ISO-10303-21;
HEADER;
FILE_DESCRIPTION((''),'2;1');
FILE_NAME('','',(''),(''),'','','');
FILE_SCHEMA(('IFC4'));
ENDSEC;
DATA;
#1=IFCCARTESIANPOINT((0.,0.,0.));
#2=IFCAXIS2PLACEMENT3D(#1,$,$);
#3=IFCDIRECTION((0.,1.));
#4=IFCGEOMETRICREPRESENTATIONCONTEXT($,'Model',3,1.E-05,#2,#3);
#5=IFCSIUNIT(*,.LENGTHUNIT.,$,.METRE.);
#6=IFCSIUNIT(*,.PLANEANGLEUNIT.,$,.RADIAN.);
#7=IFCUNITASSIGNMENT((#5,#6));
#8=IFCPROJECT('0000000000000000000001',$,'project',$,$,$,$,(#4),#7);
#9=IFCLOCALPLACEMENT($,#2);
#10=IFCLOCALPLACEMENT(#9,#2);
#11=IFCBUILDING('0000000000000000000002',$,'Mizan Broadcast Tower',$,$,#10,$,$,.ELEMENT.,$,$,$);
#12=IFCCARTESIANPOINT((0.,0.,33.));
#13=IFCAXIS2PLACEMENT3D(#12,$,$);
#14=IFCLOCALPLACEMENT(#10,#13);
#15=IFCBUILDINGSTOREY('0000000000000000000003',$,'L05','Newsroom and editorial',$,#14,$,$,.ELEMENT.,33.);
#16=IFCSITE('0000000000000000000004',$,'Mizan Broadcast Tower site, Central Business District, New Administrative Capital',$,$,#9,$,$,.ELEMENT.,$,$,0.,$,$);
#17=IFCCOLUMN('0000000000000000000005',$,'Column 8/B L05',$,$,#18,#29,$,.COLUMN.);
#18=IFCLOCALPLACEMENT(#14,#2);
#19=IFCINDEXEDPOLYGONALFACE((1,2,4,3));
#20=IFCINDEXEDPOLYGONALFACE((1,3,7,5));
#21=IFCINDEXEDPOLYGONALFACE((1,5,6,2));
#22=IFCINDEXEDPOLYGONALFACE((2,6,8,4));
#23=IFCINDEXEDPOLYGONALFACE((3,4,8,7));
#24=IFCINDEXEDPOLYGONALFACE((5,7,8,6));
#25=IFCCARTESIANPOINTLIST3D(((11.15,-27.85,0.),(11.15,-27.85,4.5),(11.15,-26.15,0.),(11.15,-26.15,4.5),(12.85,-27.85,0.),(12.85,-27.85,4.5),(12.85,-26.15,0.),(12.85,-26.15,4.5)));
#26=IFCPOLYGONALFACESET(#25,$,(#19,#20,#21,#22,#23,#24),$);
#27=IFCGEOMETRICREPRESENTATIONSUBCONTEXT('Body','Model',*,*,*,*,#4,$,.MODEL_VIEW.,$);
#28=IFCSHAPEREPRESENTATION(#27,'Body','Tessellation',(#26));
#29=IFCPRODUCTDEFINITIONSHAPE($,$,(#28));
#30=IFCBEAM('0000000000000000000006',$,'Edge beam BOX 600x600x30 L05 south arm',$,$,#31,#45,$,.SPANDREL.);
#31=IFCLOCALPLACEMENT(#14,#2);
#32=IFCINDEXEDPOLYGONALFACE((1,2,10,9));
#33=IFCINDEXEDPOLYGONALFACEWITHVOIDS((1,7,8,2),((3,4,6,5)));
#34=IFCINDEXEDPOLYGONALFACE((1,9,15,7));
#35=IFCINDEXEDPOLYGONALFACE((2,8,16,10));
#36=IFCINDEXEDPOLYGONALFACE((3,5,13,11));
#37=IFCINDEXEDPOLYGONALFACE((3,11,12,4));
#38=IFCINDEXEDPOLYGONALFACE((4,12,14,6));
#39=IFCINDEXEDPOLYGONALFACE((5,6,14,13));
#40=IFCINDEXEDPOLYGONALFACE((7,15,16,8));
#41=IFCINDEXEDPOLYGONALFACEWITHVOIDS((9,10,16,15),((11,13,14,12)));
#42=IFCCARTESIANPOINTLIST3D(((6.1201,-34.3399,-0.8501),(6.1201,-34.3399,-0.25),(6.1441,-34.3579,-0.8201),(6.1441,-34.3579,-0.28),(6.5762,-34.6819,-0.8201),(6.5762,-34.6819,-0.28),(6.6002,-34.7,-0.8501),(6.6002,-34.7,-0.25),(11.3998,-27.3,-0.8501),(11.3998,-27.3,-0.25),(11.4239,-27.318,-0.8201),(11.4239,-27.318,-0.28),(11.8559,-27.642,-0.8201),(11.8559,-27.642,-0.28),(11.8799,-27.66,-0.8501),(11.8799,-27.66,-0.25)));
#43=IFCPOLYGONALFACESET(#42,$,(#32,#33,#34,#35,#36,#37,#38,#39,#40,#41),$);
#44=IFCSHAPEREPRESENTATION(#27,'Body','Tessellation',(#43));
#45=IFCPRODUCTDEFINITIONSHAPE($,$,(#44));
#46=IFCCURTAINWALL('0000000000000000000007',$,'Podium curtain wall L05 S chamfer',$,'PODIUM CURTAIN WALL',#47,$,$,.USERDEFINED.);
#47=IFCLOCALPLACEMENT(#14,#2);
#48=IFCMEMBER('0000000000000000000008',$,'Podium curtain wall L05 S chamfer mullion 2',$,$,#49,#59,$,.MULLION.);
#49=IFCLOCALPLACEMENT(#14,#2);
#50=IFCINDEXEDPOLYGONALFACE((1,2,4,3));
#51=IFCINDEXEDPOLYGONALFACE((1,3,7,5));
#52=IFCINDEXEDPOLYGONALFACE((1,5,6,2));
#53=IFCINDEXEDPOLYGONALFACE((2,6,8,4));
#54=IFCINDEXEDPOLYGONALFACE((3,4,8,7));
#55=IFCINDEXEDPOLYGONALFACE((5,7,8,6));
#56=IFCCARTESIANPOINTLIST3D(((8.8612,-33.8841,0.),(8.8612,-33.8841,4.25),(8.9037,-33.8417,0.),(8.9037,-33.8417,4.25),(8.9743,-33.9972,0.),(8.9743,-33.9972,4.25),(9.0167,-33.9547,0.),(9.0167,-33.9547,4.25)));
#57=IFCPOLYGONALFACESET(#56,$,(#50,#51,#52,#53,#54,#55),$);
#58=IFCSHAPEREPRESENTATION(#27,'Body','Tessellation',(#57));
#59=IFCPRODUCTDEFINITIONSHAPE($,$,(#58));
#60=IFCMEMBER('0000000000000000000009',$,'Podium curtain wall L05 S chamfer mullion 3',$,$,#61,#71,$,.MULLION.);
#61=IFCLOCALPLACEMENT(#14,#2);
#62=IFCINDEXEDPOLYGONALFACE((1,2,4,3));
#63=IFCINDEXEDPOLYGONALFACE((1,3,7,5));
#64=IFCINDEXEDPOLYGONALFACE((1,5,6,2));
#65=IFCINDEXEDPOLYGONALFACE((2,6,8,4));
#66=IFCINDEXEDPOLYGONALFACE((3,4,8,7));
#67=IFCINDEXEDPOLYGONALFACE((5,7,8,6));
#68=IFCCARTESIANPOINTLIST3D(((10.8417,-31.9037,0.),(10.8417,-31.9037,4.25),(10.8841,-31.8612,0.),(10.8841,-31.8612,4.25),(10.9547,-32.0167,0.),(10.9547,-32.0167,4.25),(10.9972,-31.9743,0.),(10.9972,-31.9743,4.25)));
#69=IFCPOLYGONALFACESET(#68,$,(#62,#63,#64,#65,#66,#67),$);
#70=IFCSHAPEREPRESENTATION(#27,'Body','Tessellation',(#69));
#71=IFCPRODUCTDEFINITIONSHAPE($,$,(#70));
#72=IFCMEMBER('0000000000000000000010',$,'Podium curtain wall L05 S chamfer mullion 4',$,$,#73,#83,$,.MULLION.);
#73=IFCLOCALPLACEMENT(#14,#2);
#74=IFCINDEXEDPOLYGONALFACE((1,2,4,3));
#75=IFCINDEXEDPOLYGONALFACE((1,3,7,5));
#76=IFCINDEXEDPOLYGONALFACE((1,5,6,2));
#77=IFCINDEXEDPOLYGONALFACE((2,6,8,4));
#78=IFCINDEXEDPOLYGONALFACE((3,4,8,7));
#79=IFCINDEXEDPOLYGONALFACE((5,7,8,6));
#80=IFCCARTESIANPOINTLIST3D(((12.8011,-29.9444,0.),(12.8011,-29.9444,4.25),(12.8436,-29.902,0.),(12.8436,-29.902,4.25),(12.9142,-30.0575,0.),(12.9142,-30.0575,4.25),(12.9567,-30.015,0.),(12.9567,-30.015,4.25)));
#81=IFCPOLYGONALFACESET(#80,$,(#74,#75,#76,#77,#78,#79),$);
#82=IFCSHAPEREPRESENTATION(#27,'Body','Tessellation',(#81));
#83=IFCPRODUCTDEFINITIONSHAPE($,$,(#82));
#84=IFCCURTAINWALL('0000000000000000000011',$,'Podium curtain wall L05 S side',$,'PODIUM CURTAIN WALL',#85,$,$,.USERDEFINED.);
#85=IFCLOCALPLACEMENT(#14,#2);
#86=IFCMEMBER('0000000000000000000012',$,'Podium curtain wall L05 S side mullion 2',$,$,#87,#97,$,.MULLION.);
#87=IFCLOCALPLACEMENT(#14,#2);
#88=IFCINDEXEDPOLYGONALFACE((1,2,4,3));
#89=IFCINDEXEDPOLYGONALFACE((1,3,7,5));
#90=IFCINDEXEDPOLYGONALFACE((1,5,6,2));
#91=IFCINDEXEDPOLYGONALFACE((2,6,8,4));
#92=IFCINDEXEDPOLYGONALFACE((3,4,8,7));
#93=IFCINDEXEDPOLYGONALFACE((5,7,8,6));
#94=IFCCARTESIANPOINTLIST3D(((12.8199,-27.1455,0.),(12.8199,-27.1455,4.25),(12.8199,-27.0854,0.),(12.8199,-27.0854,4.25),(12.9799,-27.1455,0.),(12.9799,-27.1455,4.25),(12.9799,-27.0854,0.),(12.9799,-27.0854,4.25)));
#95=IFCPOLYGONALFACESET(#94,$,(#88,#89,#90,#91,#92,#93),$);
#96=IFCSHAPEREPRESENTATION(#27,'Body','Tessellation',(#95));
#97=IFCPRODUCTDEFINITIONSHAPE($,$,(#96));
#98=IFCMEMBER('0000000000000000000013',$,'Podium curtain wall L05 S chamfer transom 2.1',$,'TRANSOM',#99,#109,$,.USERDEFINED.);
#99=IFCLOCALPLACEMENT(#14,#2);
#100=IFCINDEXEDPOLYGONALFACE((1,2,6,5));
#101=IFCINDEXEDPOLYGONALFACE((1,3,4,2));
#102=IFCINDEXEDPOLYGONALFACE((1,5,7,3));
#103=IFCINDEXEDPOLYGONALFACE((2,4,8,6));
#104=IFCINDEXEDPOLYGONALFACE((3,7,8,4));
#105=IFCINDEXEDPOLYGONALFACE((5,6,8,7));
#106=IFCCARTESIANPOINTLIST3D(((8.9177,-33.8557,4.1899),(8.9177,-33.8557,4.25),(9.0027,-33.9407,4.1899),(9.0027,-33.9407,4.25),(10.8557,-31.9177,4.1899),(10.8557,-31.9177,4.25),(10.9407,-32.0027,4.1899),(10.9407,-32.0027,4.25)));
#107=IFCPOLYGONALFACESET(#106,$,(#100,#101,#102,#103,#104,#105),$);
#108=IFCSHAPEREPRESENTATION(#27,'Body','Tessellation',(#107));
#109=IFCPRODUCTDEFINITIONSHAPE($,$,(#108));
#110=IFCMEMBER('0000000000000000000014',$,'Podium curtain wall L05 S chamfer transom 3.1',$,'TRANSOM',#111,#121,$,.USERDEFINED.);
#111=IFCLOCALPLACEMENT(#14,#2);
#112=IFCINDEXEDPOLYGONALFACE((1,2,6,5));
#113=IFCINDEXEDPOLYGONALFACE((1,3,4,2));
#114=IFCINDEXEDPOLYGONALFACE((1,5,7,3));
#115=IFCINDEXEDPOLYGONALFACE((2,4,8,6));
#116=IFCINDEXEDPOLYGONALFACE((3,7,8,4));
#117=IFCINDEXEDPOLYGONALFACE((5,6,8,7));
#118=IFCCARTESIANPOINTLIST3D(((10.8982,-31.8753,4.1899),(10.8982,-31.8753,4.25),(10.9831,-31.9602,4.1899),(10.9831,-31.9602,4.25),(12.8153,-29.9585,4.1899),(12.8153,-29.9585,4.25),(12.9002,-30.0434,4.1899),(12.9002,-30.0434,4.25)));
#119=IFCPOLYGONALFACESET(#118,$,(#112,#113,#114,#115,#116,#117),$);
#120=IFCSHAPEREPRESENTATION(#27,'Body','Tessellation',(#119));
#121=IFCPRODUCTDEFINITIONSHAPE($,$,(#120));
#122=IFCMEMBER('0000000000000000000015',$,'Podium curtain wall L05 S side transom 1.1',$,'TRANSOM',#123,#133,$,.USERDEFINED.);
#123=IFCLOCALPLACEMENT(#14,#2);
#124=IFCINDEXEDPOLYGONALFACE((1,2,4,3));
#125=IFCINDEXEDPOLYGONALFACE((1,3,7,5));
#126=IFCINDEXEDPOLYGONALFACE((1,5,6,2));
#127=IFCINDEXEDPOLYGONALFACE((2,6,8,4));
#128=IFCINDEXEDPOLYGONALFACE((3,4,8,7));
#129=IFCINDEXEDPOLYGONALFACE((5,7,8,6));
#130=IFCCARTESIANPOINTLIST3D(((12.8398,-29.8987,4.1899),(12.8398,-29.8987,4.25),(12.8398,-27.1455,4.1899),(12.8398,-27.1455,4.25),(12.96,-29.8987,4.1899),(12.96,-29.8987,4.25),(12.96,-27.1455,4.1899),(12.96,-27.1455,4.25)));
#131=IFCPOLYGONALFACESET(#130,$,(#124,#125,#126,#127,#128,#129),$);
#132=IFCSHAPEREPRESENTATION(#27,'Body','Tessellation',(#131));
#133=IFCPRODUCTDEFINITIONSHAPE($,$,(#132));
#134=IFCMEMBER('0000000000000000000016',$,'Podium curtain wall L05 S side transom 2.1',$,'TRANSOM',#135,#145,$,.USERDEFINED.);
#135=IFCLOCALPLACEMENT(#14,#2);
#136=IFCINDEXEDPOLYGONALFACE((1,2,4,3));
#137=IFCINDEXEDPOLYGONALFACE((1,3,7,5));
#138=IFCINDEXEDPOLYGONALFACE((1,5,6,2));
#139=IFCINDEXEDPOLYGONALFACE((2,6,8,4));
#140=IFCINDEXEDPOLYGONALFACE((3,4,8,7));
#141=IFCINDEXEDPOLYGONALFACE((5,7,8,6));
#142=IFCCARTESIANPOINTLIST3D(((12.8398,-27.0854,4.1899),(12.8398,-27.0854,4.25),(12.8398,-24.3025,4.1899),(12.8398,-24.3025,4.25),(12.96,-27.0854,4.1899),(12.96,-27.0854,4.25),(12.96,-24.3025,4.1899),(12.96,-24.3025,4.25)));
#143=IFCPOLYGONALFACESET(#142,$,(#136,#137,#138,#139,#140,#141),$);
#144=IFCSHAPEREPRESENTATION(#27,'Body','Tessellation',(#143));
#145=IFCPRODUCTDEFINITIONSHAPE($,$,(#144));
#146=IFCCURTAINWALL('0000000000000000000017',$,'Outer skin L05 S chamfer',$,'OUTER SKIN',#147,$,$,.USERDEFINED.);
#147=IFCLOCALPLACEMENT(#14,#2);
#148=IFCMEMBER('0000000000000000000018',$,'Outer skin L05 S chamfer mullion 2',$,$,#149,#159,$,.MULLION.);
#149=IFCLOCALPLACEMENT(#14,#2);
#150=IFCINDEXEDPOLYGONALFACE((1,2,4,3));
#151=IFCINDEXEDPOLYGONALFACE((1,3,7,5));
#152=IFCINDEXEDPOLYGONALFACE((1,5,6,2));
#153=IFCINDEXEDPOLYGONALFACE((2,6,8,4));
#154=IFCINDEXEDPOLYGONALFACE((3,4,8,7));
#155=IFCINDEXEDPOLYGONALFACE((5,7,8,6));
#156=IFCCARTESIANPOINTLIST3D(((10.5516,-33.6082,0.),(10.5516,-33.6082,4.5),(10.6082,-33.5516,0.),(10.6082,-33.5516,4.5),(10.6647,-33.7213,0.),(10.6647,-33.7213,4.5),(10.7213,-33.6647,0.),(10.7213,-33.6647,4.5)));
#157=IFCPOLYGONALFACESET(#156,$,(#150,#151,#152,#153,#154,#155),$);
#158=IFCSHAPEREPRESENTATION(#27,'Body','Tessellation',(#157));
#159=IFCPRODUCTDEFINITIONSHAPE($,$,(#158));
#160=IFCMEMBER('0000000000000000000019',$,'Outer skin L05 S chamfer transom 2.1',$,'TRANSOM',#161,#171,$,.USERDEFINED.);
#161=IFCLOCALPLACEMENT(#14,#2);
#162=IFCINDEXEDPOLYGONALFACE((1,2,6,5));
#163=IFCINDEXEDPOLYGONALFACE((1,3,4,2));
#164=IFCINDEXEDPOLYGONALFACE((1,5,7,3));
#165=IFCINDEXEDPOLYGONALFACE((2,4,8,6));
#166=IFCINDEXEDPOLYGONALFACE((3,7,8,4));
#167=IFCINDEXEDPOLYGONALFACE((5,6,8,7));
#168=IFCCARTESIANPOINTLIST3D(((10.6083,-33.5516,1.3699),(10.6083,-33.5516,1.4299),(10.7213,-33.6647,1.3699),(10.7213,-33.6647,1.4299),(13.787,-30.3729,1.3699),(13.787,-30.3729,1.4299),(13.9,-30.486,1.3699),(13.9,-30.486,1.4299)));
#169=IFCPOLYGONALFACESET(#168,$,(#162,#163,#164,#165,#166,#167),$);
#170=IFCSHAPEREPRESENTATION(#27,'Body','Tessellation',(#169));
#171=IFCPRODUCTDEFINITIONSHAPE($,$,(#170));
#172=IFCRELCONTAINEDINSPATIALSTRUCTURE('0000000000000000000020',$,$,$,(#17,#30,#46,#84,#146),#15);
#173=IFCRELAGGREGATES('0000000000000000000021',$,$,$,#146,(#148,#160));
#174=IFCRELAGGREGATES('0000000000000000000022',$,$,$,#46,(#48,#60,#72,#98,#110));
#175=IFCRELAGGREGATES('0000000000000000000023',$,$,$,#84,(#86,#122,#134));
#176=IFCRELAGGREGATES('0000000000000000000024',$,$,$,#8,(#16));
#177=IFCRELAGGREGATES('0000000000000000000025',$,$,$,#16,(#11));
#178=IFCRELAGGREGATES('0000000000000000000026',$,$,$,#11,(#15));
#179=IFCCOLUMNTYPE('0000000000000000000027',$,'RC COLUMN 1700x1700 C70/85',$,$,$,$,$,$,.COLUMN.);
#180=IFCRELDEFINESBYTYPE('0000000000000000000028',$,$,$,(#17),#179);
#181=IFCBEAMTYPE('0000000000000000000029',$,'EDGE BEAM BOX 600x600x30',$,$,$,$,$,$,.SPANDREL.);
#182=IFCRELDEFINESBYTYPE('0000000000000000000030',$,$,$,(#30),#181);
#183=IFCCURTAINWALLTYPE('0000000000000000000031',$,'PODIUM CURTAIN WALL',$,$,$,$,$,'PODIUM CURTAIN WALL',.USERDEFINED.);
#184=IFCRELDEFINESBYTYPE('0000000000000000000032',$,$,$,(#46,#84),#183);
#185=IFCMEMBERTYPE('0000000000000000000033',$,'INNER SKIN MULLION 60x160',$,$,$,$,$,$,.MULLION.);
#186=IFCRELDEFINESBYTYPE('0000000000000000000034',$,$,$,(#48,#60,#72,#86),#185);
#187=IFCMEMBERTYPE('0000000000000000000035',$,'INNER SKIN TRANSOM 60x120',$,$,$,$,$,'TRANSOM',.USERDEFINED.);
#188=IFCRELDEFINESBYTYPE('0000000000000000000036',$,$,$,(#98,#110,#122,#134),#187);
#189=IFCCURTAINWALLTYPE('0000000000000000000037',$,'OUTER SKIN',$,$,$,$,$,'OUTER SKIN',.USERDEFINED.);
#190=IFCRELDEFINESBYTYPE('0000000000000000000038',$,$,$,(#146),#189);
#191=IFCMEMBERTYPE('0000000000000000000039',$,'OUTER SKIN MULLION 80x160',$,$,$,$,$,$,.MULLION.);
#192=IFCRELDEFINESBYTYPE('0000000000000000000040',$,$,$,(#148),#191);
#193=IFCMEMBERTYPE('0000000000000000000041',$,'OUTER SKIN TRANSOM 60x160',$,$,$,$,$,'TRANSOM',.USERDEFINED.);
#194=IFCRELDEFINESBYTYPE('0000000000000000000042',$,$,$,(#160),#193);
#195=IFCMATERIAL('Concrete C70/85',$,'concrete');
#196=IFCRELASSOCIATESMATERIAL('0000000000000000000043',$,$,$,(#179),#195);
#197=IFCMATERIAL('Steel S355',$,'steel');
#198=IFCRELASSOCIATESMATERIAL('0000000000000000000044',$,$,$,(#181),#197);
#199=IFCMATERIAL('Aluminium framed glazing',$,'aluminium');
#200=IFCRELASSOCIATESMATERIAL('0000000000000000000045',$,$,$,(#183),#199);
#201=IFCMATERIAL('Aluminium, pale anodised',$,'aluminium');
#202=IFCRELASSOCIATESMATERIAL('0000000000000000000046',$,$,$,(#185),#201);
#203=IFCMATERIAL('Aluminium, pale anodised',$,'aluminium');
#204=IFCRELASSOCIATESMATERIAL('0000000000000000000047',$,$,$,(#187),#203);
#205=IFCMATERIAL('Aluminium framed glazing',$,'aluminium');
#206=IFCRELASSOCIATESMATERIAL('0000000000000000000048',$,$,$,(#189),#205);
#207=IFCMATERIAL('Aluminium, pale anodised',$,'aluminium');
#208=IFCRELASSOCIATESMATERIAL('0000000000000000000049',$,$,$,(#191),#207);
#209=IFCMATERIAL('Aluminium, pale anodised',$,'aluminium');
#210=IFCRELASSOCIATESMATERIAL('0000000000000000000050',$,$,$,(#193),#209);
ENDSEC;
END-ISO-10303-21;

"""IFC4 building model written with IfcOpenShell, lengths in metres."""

from ifc_helpers import new_model, si_unit, direction, frame, origin, origin_2d, place, context, subcontext, project, spatial, rectangle, hollow_rectangle, extrude, material, material_profile, profile_set, type_object, element, aggregate, save


model = new_model("IFC4")

# Units and contexts
model_context = context("Model", 3, precision=1e-05, world=origin(), true_north=direction((0.0, 1.0)))
body_context = subcontext(model_context, "Body", "Model", "MODEL_VIEW")
ifc_project = project(units=[si_unit("LENGTHUNIT", "METRE"), si_unit("PLANEANGLEUNIT", "RADIAN")], contexts=[model_context])

# Site, building, storey
site_placement = place(None, origin())
site = spatial("IfcSite", under=ifc_project, at=site_placement, Name="Mizan Broadcast Tower site, Central Business District, New Administrative Capital", CompositionType="ELEMENT", RefElevation=0.0)
building_placement = place(site_placement, origin())
building = spatial("IfcBuilding", under=site, at=building_placement, Name="Mizan Broadcast Tower", CompositionType="ELEMENT")
storey_placement = place(building_placement, frame((0.0, 0.0, 33.0)))
storey = spatial("IfcBuildingStorey", under=building, at=storey_placement, Name="L05", Description="Newsroom and editorial", CompositionType="ELEMENT", Elevation=33.0)

# Column
ifc_material_1 = material(Name="Concrete C70/85", Category="concrete")
ifc_material_profile_1 = material_profile(ifc_material_1, rectangle(XDim=1.7, YDim=1.7, at=origin_2d()), Name="RC 1700x1700")
ifc_profile_set_1 = profile_set([ifc_material_profile_1], Name="Concrete C70/85")
column_type = type_object("IfcColumnType", Name="RC COLUMN 1700x1700 C70/85", PredefinedType="COLUMN", material=ifc_profile_set_1)
column_placement = place(storey_placement, frame((12.0, -27.0, 0.0), z_axis=(0.0, 0.0, 1.0), x_axis=(1.0, 0.0, 0.0)))
element("IfcColumn", 1, at=column_placement, inside=storey, type_object=column_type, Name="Column 8/B L05", PredefinedType="COLUMN", context=body_context, shape_type="SweptSolid", body=[
    extrude(rectangle(XDim=1.7, YDim=1.7, at=origin_2d()), origin(), (0.0, 0.0, 1.0), 4.5),
])

# Beam
ifc_material_2 = material(Name="Steel S355", Category="steel")
ifc_material_profile_2 = material_profile(ifc_material_2, hollow_rectangle(XDim=0.6001, YDim=0.6001, WallThickness=0.03, at=origin_2d()), Name="BOX 600x600x30")
ifc_profile_set_2 = profile_set([ifc_material_profile_2], Name="Steel S355")
beam_type_1 = type_object("IfcBeamType", Name="EDGE BEAM BOX 600x600x30", PredefinedType="SPANDREL", material=ifc_profile_set_2)
beam_1_placement = place(storey_placement, frame((11.6399, -27.48, -0.55), z_axis=(-0.599982, -0.800013, 0.0), x_axis=(0.800013, -0.599982, 0.0)))
element("IfcBeam", 2, at=beam_1_placement, inside=storey, type_object=beam_type_1, Name="Edge beam BOX 600x600x30 L05 south arm", PredefinedType="SPANDREL", context=body_context, shape_type="SweptSolid", body=[
    extrude(hollow_rectangle(XDim=0.6001, YDim=0.6001, WallThickness=0.03, at=origin_2d()), origin(), (0.0, 0.0, 1.0), 8.7998),
])

# Curtain wall, members
ifc_material_3 = material(Name="Aluminium framed glazing", Category="aluminium")
curtain_wall_type_1 = type_object("IfcCurtainWallType", Name="PODIUM CURTAIN WALL", ElementType="PODIUM CURTAIN WALL", PredefinedType="USERDEFINED", material=ifc_material_3)
curtain_wall_1_placement = place(storey_placement, origin())
curtain_wall_1 = element("IfcCurtainWall", 3, at=curtain_wall_1_placement, inside=storey, type_object=curtain_wall_type_1, Name="Podium curtain wall L05 S chamfer", ObjectType="PODIUM CURTAIN WALL", PredefinedType="USERDEFINED")
ifc_material_4 = material(Name="Aluminium, pale anodised", Category="aluminium")
ifc_material_profile_3 = material_profile(ifc_material_4, rectangle(XDim=0.1599, YDim=0.0601, at=origin_2d()), Name="MULLION 160x60")
ifc_profile_set_3 = profile_set([ifc_material_profile_3], Name="Aluminium, pale anodised")
member_type_1 = type_object("IfcMemberType", Name="INNER SKIN MULLION 60x160", PredefinedType="MULLION", material=ifc_profile_set_3)
member_1_placement = place(storey_placement, frame((8.939, -33.9194, 0.0), z_axis=(0.0, 0.0, 1.0), x_axis=(-0.707107, 0.707107, 0.0)))
member_1 = element("IfcMember", 4, at=member_1_placement, type_object=member_type_1, Name="Podium curtain wall L05 S chamfer mullion 2", PredefinedType="MULLION", context=body_context, shape_type="SweptSolid", body=[
    extrude(rectangle(XDim=0.1599, YDim=0.0601, at=origin_2d()), origin(), (0.0, 0.0, 1.0), 4.25),
])
member_2_placement = place(storey_placement, frame((10.9194, -31.939, 0.0), z_axis=(0.0, 0.0, 1.0), x_axis=(-0.707107, 0.707107, 0.0)))
member_2 = element("IfcMember", 5, at=member_2_placement, type_object=member_type_1, Name="Podium curtain wall L05 S chamfer mullion 3", PredefinedType="MULLION", context=body_context, shape_type="SweptSolid", body=[
    extrude(rectangle(XDim=0.1599, YDim=0.0601, at=origin_2d()), origin(), (0.0, 0.0, 1.0), 4.25),
])
member_3_placement = place(storey_placement, frame((12.8789, -29.9797, 0.0), z_axis=(0.0, 0.0, 1.0), x_axis=(-0.707107, 0.707107, 0.0)))
member_3 = element("IfcMember", 6, at=member_3_placement, type_object=member_type_1, Name="Podium curtain wall L05 S chamfer mullion 4", PredefinedType="MULLION", context=body_context, shape_type="SweptSolid", body=[
    extrude(rectangle(XDim=0.1599, YDim=0.0601, at=origin_2d()), origin(), (0.0, 0.0, 1.0), 4.25),
])

# Curtain wall, member
curtain_wall_2_placement = place(storey_placement, origin())
curtain_wall_2 = element("IfcCurtainWall", 7, at=curtain_wall_2_placement, inside=storey, type_object=curtain_wall_type_1, Name="Podium curtain wall L05 S side", ObjectType="PODIUM CURTAIN WALL", PredefinedType="USERDEFINED")
member_4_placement = place(storey_placement, frame((12.8999, -27.1155, 0.0), z_axis=(0.0, 0.0, 1.0), x_axis=(-1.0, 0.0, 0.0)))
member_4 = element("IfcMember", 8, at=member_4_placement, type_object=member_type_1, Name="Podium curtain wall L05 S side mullion 2", PredefinedType="MULLION", context=body_context, shape_type="SweptSolid", body=[
    extrude(rectangle(XDim=0.1599, YDim=0.0601, at=origin_2d()), origin(), (0.0, 0.0, 1.0), 4.25),
])

# Members
ifc_material_5 = material(Name="Aluminium, pale anodised", Category="aluminium")
ifc_material_profile_4 = material_profile(ifc_material_5, rectangle(XDim=0.1201, YDim=0.0601, at=origin_2d()), Name="TRANSOM 120x60")
ifc_profile_set_4 = profile_set([ifc_material_profile_4], Name="Aluminium, pale anodised")
member_type_2 = type_object("IfcMemberType", Name="INNER SKIN TRANSOM 60x120", ElementType="TRANSOM", PredefinedType="USERDEFINED", material=ifc_profile_set_4)
member_5_placement = place(storey_placement, frame((8.9602, -33.8982, 4.22), z_axis=(0.707107, 0.707107, 0.0), x_axis=(-0.707107, 0.707107, 0.0)))
member_5 = element("IfcMember", 9, at=member_5_placement, type_object=member_type_2, Name="Podium curtain wall L05 S chamfer transom 2.1", ObjectType="TRANSOM", PredefinedType="USERDEFINED", context=body_context, shape_type="SweptSolid", body=[
    extrude(rectangle(XDim=0.1201, YDim=0.0601, at=origin_2d()), origin(), (0.0, 0.0, 1.0), 2.7407),
])
member_6_placement = place(storey_placement, frame((10.9407, -31.9177, 4.22), z_axis=(0.707152, 0.707062, 0.0), x_axis=(-0.707062, 0.707152, 0.0)))
member_6 = element("IfcMember", 10, at=member_6_placement, type_object=member_type_2, Name="Podium curtain wall L05 S chamfer transom 3.1", ObjectType="TRANSOM", PredefinedType="USERDEFINED", context=body_context, shape_type="SweptSolid", body=[
    extrude(rectangle(XDim=0.1201, YDim=0.0601, at=origin_2d()), origin(), (0.0, 0.0, 1.0), 2.7109),
])
member_7_placement = place(storey_placement, frame((12.8999, -29.8987, 4.22), z_axis=(0.0, 1.0, 0.0), x_axis=(-1.0, 0.0, 0.0)))
member_7 = element("IfcMember", 11, at=member_7_placement, type_object=member_type_2, Name="Podium curtain wall L05 S side transom 1.1", ObjectType="TRANSOM", PredefinedType="USERDEFINED", context=body_context, shape_type="SweptSolid", body=[
    extrude(rectangle(XDim=0.1201, YDim=0.0601, at=origin_2d()), origin(), (0.0, 0.0, 1.0), 2.7532),
])
member_8_placement = place(storey_placement, frame((12.8999, -27.0854, 4.22), z_axis=(0.0, 1.0, 0.0), x_axis=(-1.0, 0.0, 0.0)))
member_8 = element("IfcMember", 12, at=member_8_placement, type_object=member_type_2, Name="Podium curtain wall L05 S side transom 2.1", ObjectType="TRANSOM", PredefinedType="USERDEFINED", context=body_context, shape_type="SweptSolid", body=[
    extrude(rectangle(XDim=0.1201, YDim=0.0601, at=origin_2d()), origin(), (0.0, 0.0, 1.0), 2.783),
])

# Curtain wall, members
ifc_material_6 = material(Name="Aluminium framed glazing", Category="aluminium")
curtain_wall_type_2 = type_object("IfcCurtainWallType", Name="OUTER SKIN", ElementType="OUTER SKIN", PredefinedType="USERDEFINED", material=ifc_material_6)
curtain_wall_3_placement = place(storey_placement, origin())
curtain_wall_3 = element("IfcCurtainWall", 13, at=curtain_wall_3_placement, inside=storey, type_object=curtain_wall_type_2, Name="Outer skin L05 S chamfer", ObjectType="OUTER SKIN", PredefinedType="USERDEFINED")
ifc_material_7 = material(Name="Aluminium, pale anodised", Category="aluminium")
ifc_material_profile_5 = material_profile(ifc_material_7, rectangle(XDim=0.1599, YDim=0.0801, at=origin_2d()), Name="MULLION 160x80")
ifc_profile_set_5 = profile_set([ifc_material_profile_5], Name="Aluminium, pale anodised")
member_type_3 = type_object("IfcMemberType", Name="OUTER SKIN MULLION 80x160", PredefinedType="MULLION", material=ifc_profile_set_5)
member_9_placement = place(storey_placement, frame((10.6365, -33.6365, 0.0), z_axis=(0.0, 0.0, 1.0), x_axis=(-0.707107, 0.707107, 0.0)))
member_9 = element("IfcMember", 14, at=member_9_placement, type_object=member_type_3, Name="Outer skin L05 S chamfer mullion 2", PredefinedType="MULLION", context=body_context, shape_type="SweptSolid", body=[
    extrude(rectangle(XDim=0.1599, YDim=0.0801, at=origin_2d()), origin(), (0.0, 0.0, 1.0), 4.5),
])
ifc_material_8 = material(Name="Aluminium, pale anodised", Category="aluminium")
ifc_material_profile_6 = material_profile(ifc_material_8, rectangle(XDim=0.1599, YDim=0.0601, at=origin_2d()), Name="TRANSOM 160x60")
ifc_profile_set_6 = profile_set([ifc_material_profile_6], Name="Aluminium, pale anodised")
member_type_4 = type_object("IfcMemberType", Name="OUTER SKIN TRANSOM 60x160", ElementType="TRANSOM", PredefinedType="USERDEFINED", material=ifc_profile_set_6)
member_10_placement = place(storey_placement, frame((10.6648, -33.6082, 1.3999), z_axis=(0.707107, 0.707107, 0.0), x_axis=(-0.707107, 0.707107, 0.0)))
member_10 = element("IfcMember", 15, at=member_10_placement, type_object=member_type_4, Name="Outer skin L05 S chamfer transom 2.1", ObjectType="TRANSOM", PredefinedType="USERDEFINED", context=body_context, shape_type="SweptSolid", body=[
    extrude(rectangle(XDim=0.1599, YDim=0.0601, at=origin_2d()), origin(), (0.0, 0.0, 1.0), 4.4954),
])

aggregate(curtain_wall_3, [member_9, member_10])
aggregate(curtain_wall_1, [member_1, member_2, member_3, member_5, member_6])
aggregate(curtain_wall_2, [member_4, member_7, member_8])

save(model, "model.ifc")
